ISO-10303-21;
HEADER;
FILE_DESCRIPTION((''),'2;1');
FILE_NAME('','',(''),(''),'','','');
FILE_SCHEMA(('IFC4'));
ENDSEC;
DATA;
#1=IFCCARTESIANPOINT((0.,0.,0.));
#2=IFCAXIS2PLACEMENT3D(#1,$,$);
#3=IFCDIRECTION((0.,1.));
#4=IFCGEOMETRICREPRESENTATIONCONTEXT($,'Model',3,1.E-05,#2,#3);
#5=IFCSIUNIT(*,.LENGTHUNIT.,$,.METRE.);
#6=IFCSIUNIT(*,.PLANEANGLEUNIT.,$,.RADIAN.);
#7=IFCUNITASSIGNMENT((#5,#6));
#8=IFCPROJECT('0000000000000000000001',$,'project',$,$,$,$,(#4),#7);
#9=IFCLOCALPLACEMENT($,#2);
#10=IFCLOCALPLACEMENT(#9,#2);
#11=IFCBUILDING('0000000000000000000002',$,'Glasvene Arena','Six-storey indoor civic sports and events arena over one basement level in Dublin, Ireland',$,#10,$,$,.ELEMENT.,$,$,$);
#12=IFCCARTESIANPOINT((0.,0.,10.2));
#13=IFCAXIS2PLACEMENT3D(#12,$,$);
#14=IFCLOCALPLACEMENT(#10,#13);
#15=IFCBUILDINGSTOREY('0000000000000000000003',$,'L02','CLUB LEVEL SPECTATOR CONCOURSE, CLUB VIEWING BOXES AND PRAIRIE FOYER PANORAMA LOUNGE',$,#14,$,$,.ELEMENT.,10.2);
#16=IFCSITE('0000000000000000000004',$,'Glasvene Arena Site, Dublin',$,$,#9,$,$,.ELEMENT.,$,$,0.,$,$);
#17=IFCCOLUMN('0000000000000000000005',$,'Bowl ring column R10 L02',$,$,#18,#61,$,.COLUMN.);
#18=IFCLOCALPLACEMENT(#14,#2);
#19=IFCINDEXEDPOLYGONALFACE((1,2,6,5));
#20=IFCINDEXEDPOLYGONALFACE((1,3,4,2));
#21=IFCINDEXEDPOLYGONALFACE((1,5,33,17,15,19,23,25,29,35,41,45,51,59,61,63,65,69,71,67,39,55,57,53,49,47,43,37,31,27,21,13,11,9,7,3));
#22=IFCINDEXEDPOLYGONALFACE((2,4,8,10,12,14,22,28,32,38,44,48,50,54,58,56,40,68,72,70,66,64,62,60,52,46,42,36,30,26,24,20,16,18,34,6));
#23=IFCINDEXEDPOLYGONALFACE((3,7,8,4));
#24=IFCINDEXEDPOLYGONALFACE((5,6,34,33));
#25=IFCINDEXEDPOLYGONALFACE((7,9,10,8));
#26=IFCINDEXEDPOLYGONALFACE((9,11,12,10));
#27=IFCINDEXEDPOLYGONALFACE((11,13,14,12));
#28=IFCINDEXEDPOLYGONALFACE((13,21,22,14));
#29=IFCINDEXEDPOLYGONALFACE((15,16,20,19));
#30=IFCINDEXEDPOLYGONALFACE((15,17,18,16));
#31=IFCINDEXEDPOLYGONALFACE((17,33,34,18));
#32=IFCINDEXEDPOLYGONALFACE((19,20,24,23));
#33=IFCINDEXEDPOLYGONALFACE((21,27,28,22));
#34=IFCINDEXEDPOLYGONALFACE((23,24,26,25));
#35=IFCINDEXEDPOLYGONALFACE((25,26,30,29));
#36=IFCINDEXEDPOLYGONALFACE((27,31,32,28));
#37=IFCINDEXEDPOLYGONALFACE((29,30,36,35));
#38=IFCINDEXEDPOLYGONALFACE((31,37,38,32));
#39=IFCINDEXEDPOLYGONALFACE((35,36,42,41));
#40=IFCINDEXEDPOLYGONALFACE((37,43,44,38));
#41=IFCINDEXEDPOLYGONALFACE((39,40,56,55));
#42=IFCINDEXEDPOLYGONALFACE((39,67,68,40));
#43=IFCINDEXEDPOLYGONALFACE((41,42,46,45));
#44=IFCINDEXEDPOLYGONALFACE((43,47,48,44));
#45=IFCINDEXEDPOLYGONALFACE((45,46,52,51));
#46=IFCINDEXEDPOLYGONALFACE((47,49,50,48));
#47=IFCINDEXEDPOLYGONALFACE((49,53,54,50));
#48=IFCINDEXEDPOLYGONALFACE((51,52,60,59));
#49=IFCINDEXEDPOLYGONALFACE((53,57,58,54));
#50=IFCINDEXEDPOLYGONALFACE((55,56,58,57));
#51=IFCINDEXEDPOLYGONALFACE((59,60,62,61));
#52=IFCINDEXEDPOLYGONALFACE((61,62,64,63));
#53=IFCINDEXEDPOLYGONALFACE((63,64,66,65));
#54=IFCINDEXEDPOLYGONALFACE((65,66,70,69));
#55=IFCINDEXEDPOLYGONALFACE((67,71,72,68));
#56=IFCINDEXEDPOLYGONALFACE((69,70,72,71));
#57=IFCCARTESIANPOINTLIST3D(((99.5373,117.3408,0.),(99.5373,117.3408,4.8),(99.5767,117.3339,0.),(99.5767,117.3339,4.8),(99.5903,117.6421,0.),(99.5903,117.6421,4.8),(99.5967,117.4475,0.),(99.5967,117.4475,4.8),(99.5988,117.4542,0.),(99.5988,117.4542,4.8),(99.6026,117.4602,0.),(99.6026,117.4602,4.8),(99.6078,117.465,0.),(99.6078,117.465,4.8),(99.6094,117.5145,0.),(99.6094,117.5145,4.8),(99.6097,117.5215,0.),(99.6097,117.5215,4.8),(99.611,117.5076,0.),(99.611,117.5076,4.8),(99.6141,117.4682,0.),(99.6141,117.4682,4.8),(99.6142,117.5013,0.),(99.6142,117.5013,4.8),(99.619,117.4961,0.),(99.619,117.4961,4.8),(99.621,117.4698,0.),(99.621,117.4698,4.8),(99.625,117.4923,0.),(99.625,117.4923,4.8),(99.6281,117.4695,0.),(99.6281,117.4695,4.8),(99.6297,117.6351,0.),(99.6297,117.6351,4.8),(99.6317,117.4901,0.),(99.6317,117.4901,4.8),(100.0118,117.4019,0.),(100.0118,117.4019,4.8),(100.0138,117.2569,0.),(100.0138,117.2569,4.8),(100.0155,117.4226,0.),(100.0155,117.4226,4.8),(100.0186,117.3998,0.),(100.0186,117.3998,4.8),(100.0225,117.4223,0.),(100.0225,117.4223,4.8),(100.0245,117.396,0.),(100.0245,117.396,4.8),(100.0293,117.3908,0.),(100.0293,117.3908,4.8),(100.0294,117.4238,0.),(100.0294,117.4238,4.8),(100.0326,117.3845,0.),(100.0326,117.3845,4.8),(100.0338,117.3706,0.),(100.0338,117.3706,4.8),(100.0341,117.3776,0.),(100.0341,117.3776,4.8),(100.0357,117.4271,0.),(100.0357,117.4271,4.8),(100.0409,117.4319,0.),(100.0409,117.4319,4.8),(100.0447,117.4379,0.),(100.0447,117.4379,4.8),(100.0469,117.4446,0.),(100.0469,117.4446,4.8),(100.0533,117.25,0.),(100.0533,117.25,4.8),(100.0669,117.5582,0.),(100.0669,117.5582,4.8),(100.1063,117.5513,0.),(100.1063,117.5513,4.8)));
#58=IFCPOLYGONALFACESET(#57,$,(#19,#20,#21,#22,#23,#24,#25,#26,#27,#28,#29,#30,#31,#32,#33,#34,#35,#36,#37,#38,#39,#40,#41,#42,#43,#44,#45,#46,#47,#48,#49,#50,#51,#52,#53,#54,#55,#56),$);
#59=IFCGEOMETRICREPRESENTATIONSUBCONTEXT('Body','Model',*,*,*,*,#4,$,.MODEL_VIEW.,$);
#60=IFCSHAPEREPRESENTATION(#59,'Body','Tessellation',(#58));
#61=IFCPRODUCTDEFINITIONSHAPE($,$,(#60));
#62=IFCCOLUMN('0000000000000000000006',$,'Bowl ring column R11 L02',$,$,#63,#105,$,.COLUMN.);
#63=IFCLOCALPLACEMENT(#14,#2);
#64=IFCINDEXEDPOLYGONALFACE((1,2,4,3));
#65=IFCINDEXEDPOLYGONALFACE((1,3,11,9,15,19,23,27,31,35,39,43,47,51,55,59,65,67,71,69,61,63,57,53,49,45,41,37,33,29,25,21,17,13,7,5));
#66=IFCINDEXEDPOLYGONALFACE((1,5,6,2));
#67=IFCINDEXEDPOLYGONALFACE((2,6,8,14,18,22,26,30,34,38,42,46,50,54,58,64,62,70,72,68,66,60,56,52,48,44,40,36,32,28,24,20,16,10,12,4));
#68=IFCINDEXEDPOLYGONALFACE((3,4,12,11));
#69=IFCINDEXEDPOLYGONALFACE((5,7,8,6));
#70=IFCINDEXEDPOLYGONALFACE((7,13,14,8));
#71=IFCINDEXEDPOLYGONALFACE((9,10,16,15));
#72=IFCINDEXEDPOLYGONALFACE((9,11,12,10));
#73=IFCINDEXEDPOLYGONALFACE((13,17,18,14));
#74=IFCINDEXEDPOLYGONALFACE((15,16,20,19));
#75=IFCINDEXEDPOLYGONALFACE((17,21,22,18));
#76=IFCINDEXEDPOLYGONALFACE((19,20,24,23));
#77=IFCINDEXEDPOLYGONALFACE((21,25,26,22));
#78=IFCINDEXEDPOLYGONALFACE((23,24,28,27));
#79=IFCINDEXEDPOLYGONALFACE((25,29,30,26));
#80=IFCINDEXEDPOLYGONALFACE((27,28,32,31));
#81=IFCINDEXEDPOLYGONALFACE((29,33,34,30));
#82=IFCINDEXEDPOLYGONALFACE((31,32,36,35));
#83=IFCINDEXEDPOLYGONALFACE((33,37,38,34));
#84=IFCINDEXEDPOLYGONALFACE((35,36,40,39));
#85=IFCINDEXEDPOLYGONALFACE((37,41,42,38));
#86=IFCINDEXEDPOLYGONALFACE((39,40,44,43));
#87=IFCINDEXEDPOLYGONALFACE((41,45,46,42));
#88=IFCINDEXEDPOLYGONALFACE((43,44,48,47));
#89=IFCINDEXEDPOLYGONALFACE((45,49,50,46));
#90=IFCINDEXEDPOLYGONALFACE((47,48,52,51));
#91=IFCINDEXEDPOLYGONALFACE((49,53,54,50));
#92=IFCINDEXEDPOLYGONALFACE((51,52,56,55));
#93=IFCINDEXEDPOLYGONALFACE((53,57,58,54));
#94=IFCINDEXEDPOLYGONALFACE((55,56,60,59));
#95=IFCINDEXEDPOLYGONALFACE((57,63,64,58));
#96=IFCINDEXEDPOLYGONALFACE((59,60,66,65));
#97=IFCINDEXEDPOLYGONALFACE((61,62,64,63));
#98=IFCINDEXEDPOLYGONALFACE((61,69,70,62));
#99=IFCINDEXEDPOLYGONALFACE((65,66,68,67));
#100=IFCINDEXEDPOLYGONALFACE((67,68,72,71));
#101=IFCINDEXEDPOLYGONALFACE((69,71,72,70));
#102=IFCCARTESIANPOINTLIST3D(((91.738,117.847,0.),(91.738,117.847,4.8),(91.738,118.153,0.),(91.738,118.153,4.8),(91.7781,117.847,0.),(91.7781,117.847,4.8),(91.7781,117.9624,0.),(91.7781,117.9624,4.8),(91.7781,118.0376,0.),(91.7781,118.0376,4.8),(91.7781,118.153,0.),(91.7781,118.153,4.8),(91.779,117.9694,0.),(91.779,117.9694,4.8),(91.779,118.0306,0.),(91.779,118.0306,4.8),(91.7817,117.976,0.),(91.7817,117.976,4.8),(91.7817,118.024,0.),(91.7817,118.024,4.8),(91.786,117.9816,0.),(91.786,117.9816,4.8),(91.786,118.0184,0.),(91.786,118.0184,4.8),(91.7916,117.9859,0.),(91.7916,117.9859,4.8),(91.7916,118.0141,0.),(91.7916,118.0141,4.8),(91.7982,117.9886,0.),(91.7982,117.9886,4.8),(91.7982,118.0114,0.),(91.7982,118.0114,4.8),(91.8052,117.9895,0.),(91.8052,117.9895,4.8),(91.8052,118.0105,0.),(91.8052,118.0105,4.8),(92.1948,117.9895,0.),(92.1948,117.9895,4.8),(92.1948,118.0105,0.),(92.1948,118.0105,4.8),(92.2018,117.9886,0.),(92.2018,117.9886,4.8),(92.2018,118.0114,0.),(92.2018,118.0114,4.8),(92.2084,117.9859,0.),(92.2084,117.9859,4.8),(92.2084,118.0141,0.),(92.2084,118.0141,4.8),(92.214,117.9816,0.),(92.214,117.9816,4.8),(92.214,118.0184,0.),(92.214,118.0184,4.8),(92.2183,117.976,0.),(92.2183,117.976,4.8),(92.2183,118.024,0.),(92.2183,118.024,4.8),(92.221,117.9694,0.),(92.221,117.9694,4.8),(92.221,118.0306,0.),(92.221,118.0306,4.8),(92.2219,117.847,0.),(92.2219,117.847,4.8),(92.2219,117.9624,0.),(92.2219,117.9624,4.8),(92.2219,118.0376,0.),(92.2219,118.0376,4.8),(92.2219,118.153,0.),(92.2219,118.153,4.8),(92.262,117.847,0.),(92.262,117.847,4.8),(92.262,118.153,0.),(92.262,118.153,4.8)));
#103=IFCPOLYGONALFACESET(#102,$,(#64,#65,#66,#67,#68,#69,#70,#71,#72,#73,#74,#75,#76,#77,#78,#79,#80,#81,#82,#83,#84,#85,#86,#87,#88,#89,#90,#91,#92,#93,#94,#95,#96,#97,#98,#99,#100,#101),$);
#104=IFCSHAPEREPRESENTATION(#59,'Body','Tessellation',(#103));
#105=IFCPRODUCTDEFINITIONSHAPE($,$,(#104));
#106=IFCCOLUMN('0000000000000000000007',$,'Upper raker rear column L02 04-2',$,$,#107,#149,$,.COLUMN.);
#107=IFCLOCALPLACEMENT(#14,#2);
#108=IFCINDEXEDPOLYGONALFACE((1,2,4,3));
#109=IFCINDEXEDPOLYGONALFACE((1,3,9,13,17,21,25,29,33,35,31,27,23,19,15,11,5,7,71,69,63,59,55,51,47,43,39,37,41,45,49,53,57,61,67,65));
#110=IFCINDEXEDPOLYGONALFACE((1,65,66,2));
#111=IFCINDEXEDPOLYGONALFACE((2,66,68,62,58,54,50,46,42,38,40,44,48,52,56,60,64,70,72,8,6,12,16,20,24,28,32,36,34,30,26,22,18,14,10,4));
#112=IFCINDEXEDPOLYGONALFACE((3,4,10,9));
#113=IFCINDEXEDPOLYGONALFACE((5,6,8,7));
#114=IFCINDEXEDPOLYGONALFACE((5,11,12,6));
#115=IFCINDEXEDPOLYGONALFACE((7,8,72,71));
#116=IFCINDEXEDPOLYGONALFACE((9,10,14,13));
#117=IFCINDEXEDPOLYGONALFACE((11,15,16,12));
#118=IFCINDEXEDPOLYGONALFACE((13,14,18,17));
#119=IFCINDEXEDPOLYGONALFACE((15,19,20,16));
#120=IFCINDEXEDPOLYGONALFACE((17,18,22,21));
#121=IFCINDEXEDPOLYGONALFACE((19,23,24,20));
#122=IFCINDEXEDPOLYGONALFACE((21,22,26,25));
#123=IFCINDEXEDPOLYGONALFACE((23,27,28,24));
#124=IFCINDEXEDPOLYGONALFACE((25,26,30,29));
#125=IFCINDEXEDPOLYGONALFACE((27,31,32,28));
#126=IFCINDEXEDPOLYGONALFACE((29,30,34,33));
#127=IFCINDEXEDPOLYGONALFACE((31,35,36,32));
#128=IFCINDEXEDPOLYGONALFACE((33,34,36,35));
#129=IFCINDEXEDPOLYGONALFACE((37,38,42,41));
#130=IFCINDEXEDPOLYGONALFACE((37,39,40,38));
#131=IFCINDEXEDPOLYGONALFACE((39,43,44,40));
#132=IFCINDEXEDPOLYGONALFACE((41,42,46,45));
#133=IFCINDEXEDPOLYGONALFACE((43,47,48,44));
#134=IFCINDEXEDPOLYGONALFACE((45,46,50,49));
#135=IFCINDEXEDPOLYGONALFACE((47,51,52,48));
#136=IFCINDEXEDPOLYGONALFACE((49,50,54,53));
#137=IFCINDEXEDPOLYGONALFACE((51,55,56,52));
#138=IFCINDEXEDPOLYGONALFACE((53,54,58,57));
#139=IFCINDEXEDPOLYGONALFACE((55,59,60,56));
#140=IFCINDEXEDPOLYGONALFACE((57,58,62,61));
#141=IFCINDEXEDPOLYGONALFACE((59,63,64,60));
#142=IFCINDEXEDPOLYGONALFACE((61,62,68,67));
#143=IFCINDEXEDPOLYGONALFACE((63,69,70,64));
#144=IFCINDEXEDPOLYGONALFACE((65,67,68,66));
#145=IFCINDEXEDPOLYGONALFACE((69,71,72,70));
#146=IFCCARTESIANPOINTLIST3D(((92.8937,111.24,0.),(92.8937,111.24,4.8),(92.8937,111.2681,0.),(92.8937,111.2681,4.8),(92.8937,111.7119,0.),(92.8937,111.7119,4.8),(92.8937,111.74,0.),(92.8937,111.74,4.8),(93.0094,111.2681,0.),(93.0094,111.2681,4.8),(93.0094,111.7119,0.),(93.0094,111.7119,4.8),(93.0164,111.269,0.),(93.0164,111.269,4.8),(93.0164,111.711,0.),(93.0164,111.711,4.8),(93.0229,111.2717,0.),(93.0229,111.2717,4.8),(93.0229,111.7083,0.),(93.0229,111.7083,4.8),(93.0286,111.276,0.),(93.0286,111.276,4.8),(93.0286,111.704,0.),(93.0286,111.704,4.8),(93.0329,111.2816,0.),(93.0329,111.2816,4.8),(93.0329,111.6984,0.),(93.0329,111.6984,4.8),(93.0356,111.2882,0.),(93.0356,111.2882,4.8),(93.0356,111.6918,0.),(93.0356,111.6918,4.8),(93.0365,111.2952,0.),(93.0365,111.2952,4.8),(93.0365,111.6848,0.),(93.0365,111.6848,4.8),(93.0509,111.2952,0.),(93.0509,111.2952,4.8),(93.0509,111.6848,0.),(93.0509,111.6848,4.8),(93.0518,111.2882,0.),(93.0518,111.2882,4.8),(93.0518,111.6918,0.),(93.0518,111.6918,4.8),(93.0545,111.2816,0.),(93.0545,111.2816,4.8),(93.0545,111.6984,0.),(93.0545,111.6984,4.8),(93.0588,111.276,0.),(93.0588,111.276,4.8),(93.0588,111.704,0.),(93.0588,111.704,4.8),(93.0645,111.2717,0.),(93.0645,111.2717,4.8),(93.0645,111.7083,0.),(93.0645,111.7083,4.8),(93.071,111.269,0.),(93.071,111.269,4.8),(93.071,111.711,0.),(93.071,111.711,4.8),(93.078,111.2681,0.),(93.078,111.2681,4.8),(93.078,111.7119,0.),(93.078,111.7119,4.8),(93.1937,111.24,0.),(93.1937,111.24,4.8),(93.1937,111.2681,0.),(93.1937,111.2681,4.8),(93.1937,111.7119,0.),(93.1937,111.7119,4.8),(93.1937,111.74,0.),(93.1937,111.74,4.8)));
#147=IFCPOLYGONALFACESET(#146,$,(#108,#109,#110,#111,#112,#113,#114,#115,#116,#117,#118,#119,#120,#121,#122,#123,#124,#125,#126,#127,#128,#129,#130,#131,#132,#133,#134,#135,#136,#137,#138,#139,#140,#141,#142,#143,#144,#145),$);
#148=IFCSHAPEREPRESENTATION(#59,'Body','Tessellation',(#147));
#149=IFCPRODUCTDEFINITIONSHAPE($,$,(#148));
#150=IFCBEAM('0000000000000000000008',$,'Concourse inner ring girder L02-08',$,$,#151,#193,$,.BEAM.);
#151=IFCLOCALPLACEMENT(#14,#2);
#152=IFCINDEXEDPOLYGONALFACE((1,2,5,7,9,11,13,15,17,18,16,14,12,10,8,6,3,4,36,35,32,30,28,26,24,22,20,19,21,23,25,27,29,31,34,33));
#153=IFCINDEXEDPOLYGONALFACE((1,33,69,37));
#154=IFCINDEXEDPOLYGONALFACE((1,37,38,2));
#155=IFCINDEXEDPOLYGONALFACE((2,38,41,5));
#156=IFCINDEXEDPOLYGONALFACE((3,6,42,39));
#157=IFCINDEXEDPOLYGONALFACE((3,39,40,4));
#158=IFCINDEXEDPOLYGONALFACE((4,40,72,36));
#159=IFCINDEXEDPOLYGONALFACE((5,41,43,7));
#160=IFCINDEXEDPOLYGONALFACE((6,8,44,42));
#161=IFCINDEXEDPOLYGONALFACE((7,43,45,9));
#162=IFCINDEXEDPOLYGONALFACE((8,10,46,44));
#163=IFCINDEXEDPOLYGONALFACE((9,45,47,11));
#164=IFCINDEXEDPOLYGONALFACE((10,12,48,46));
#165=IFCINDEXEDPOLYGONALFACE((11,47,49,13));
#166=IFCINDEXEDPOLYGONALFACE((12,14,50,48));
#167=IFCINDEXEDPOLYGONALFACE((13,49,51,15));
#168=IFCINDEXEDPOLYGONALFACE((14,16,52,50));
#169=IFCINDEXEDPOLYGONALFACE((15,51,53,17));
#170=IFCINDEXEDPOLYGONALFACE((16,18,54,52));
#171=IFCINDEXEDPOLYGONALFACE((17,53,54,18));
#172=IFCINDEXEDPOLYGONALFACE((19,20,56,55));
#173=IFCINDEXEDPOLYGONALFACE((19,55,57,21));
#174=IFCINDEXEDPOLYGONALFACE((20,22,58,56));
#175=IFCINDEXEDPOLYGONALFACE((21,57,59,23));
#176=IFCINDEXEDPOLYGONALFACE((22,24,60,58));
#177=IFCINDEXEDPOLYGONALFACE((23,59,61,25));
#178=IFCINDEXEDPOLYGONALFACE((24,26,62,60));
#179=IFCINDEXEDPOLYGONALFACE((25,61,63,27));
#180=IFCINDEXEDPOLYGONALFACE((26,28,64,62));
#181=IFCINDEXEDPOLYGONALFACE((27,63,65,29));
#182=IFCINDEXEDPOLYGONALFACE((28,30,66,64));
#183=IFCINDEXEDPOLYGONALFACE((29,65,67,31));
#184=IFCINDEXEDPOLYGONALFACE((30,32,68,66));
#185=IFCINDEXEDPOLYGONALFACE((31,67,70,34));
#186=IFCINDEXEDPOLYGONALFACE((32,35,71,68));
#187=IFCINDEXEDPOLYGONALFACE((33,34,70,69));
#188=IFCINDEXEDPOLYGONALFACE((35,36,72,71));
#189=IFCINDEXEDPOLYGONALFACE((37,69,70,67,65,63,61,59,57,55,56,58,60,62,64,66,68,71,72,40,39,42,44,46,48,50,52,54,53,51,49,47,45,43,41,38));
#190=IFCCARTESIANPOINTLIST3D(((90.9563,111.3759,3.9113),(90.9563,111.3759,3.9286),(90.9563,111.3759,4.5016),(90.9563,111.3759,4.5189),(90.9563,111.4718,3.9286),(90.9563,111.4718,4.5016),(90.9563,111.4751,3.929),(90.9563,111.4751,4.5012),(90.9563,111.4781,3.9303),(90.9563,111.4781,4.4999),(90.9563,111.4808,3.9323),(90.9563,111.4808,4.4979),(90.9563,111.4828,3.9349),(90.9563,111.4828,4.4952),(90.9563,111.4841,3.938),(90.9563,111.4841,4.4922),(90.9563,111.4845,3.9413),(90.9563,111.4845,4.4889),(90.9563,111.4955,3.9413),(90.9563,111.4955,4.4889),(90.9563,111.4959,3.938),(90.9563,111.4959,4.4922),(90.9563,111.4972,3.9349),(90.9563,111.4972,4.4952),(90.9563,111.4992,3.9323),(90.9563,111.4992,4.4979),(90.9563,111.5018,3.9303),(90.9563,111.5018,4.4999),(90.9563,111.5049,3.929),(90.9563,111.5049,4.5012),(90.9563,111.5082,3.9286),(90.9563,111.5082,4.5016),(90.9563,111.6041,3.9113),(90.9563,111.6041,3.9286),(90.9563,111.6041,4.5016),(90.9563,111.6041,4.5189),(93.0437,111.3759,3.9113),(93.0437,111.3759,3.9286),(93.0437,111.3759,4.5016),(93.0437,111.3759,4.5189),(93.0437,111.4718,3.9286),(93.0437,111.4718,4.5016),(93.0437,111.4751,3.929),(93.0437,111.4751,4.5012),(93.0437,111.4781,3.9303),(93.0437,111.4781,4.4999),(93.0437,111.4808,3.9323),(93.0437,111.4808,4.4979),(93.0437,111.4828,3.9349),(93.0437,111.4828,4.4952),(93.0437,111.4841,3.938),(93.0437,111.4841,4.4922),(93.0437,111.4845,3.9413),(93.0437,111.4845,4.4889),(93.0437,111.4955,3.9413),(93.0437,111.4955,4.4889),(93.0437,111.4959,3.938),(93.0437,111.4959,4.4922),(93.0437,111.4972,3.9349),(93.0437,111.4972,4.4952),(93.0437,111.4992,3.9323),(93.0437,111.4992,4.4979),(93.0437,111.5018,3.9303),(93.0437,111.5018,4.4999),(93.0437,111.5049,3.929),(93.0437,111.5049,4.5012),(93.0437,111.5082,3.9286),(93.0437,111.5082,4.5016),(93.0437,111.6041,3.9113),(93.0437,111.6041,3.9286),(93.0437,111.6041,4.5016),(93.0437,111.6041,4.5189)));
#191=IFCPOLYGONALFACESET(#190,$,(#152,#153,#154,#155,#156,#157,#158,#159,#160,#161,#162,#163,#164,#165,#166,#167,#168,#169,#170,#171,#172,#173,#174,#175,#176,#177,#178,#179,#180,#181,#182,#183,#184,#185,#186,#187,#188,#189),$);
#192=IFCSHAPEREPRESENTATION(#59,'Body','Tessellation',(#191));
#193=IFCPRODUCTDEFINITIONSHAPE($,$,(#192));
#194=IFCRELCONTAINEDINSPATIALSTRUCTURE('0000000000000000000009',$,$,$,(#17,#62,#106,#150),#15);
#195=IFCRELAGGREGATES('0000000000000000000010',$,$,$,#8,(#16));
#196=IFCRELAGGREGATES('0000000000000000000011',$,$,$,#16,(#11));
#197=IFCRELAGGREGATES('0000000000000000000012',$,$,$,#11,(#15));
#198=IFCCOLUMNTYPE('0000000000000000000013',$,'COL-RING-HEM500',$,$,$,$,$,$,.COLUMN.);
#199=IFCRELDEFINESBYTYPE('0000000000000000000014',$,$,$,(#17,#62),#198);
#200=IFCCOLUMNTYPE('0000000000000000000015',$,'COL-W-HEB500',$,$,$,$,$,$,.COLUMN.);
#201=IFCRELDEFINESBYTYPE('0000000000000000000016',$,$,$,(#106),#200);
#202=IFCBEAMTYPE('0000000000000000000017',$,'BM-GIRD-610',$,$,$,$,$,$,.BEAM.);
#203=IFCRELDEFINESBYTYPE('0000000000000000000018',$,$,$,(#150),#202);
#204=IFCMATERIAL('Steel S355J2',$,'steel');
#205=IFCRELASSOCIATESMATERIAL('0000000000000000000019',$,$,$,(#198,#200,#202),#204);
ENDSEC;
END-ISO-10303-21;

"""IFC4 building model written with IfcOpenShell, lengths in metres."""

from ifc_helpers import new_model, si_unit, direction, frame, origin, origin_2d, place, context, subcontext, project, spatial, i_section, extrude, material, material_profile, profile_set, type_object, element, save


model = new_model("IFC4")

# Units and contexts
model_context = context("Model", 3, precision=1e-05, world=origin(), true_north=direction((0.0, 1.0)))
body_context = subcontext(model_context, "Body", "Model", "MODEL_VIEW")
ifc_project = project(units=[si_unit("LENGTHUNIT", "METRE"), si_unit("PLANEANGLEUNIT", "RADIAN")], contexts=[model_context])

# Site, building, storey
site_placement = place(None, origin())
site = spatial("IfcSite", under=ifc_project, at=site_placement, Name="Glasvene Arena Site, Dublin", CompositionType="ELEMENT", RefElevation=0.0)
building_placement = place(site_placement, origin())
building = spatial("IfcBuilding", under=site, at=building_placement, Name="Glasvene Arena", Description="Six-storey indoor civic sports and events arena over one basement level in Dublin, Ireland", CompositionType="ELEMENT")
storey_placement = place(building_placement, frame((0.0, 0.0, 10.2)))
storey = spatial("IfcBuildingStorey", under=building, at=storey_placement, Name="L02", Description="CLUB LEVEL SPECTATOR CONCOURSE, CLUB VIEWING BOXES AND PRAIRIE FOYER PANORAMA LOUNGE", CompositionType="ELEMENT", Elevation=10.2)

# Columns
ifc_material_1 = material(Name="Steel S355J2", Category="steel")
ifc_material_profile_1 = material_profile(ifc_material_1, i_section(OverallWidth=0.3059, OverallDepth=0.5239, WebThickness=0.021, FlangeThickness=0.04, FilletRadius=0.0271, at=origin_2d()), Name="HEM 500")
ifc_profile_set_1 = profile_set([ifc_material_profile_1], Name="Steel S355J2")
column_type_1 = type_object("IfcColumnType", Name="COL-RING-HEM500", PredefinedType="COLUMN", material=ifc_profile_set_1)
for number, where, z_axis, x_axis, name in (
    (1, (99.8218, 117.446, 0.0), (0.0, 0.0, 1.0), (0.173304, 0.984868, 0.0), "Bowl ring column R10 L02"),
    (2, (92.0, 118.0, 0.0), (0.0, 0.0, 1.0), (0.0, 1.0, 0.0), "Bowl ring column R11 L02"),
):
    element("IfcColumn", number, at=place(storey_placement, frame(where, z_axis=z_axis, x_axis=x_axis)), inside=storey, type_object=column_type_1, Name=name, PredefinedType="COLUMN", context=body_context, shape_type="SweptSolid", body=[
        extrude(i_section(OverallWidth=0.3059, OverallDepth=0.5239, WebThickness=0.021, FlangeThickness=0.04, FilletRadius=0.0271, at=origin_2d()), origin(), (0.0, 0.0, 1.0), 4.8),
    ])
ifc_material_profile_2 = material_profile(ifc_material_1, i_section(OverallWidth=0.3, OverallDepth=0.5, WebThickness=0.0144, FlangeThickness=0.0281, FilletRadius=0.0271, at=origin_2d()), Name="HEB 500")
ifc_profile_set_2 = profile_set([ifc_material_profile_2], Name="Steel S355J2")
column_type_2 = type_object("IfcColumnType", Name="COL-W-HEB500", PredefinedType="COLUMN", material=ifc_profile_set_2)
column_placement = place(storey_placement, frame((93.0437, 111.49, 0.0), z_axis=(0.0, 0.0, 1.0), x_axis=(1.0, 0.0, 0.0)))
element("IfcColumn", 3, at=column_placement, inside=storey, type_object=column_type_2, Name="Upper raker rear column L02 04-2", PredefinedType="COLUMN", context=body_context, shape_type="SweptSolid", body=[
    extrude(i_section(OverallWidth=0.3, OverallDepth=0.5, WebThickness=0.0144, FlangeThickness=0.0281, FilletRadius=0.0271, at=origin_2d()), origin(), (0.0, 0.0, 1.0), 4.8),
])

# Beam
ifc_material_profile_3 = material_profile(ifc_material_1, i_section(OverallWidth=0.2283, OverallDepth=0.6077, WebThickness=0.011, FlangeThickness=0.0173, FilletRadius=0.0127, at=origin_2d()), Name="UKB 610x229x113")
ifc_profile_set_3 = profile_set([ifc_material_profile_3], Name="Steel S355J2")
beam_type_1 = type_object("IfcBeamType", Name="BM-GIRD-610", PredefinedType="BEAM", material=ifc_profile_set_3)
beam_1_placement = place(storey_placement, frame((93.0437, 111.49, 4.2151), z_axis=(-1.0, 0.0, 0.0), x_axis=(0.0, -1.0, 0.0)))
element("IfcBeam", 4, at=beam_1_placement, inside=storey, type_object=beam_type_1, Name="Concourse inner ring girder L02-08", PredefinedType="BEAM", context=body_context, shape_type="SweptSolid", body=[
    extrude(i_section(OverallWidth=0.2283, OverallDepth=0.6077, WebThickness=0.011, FlangeThickness=0.0173, FilletRadius=0.0127, at=origin_2d()), origin(), (0.0, 0.0, 1.0), 2.0874),
])

save(model, "model.ifc")
